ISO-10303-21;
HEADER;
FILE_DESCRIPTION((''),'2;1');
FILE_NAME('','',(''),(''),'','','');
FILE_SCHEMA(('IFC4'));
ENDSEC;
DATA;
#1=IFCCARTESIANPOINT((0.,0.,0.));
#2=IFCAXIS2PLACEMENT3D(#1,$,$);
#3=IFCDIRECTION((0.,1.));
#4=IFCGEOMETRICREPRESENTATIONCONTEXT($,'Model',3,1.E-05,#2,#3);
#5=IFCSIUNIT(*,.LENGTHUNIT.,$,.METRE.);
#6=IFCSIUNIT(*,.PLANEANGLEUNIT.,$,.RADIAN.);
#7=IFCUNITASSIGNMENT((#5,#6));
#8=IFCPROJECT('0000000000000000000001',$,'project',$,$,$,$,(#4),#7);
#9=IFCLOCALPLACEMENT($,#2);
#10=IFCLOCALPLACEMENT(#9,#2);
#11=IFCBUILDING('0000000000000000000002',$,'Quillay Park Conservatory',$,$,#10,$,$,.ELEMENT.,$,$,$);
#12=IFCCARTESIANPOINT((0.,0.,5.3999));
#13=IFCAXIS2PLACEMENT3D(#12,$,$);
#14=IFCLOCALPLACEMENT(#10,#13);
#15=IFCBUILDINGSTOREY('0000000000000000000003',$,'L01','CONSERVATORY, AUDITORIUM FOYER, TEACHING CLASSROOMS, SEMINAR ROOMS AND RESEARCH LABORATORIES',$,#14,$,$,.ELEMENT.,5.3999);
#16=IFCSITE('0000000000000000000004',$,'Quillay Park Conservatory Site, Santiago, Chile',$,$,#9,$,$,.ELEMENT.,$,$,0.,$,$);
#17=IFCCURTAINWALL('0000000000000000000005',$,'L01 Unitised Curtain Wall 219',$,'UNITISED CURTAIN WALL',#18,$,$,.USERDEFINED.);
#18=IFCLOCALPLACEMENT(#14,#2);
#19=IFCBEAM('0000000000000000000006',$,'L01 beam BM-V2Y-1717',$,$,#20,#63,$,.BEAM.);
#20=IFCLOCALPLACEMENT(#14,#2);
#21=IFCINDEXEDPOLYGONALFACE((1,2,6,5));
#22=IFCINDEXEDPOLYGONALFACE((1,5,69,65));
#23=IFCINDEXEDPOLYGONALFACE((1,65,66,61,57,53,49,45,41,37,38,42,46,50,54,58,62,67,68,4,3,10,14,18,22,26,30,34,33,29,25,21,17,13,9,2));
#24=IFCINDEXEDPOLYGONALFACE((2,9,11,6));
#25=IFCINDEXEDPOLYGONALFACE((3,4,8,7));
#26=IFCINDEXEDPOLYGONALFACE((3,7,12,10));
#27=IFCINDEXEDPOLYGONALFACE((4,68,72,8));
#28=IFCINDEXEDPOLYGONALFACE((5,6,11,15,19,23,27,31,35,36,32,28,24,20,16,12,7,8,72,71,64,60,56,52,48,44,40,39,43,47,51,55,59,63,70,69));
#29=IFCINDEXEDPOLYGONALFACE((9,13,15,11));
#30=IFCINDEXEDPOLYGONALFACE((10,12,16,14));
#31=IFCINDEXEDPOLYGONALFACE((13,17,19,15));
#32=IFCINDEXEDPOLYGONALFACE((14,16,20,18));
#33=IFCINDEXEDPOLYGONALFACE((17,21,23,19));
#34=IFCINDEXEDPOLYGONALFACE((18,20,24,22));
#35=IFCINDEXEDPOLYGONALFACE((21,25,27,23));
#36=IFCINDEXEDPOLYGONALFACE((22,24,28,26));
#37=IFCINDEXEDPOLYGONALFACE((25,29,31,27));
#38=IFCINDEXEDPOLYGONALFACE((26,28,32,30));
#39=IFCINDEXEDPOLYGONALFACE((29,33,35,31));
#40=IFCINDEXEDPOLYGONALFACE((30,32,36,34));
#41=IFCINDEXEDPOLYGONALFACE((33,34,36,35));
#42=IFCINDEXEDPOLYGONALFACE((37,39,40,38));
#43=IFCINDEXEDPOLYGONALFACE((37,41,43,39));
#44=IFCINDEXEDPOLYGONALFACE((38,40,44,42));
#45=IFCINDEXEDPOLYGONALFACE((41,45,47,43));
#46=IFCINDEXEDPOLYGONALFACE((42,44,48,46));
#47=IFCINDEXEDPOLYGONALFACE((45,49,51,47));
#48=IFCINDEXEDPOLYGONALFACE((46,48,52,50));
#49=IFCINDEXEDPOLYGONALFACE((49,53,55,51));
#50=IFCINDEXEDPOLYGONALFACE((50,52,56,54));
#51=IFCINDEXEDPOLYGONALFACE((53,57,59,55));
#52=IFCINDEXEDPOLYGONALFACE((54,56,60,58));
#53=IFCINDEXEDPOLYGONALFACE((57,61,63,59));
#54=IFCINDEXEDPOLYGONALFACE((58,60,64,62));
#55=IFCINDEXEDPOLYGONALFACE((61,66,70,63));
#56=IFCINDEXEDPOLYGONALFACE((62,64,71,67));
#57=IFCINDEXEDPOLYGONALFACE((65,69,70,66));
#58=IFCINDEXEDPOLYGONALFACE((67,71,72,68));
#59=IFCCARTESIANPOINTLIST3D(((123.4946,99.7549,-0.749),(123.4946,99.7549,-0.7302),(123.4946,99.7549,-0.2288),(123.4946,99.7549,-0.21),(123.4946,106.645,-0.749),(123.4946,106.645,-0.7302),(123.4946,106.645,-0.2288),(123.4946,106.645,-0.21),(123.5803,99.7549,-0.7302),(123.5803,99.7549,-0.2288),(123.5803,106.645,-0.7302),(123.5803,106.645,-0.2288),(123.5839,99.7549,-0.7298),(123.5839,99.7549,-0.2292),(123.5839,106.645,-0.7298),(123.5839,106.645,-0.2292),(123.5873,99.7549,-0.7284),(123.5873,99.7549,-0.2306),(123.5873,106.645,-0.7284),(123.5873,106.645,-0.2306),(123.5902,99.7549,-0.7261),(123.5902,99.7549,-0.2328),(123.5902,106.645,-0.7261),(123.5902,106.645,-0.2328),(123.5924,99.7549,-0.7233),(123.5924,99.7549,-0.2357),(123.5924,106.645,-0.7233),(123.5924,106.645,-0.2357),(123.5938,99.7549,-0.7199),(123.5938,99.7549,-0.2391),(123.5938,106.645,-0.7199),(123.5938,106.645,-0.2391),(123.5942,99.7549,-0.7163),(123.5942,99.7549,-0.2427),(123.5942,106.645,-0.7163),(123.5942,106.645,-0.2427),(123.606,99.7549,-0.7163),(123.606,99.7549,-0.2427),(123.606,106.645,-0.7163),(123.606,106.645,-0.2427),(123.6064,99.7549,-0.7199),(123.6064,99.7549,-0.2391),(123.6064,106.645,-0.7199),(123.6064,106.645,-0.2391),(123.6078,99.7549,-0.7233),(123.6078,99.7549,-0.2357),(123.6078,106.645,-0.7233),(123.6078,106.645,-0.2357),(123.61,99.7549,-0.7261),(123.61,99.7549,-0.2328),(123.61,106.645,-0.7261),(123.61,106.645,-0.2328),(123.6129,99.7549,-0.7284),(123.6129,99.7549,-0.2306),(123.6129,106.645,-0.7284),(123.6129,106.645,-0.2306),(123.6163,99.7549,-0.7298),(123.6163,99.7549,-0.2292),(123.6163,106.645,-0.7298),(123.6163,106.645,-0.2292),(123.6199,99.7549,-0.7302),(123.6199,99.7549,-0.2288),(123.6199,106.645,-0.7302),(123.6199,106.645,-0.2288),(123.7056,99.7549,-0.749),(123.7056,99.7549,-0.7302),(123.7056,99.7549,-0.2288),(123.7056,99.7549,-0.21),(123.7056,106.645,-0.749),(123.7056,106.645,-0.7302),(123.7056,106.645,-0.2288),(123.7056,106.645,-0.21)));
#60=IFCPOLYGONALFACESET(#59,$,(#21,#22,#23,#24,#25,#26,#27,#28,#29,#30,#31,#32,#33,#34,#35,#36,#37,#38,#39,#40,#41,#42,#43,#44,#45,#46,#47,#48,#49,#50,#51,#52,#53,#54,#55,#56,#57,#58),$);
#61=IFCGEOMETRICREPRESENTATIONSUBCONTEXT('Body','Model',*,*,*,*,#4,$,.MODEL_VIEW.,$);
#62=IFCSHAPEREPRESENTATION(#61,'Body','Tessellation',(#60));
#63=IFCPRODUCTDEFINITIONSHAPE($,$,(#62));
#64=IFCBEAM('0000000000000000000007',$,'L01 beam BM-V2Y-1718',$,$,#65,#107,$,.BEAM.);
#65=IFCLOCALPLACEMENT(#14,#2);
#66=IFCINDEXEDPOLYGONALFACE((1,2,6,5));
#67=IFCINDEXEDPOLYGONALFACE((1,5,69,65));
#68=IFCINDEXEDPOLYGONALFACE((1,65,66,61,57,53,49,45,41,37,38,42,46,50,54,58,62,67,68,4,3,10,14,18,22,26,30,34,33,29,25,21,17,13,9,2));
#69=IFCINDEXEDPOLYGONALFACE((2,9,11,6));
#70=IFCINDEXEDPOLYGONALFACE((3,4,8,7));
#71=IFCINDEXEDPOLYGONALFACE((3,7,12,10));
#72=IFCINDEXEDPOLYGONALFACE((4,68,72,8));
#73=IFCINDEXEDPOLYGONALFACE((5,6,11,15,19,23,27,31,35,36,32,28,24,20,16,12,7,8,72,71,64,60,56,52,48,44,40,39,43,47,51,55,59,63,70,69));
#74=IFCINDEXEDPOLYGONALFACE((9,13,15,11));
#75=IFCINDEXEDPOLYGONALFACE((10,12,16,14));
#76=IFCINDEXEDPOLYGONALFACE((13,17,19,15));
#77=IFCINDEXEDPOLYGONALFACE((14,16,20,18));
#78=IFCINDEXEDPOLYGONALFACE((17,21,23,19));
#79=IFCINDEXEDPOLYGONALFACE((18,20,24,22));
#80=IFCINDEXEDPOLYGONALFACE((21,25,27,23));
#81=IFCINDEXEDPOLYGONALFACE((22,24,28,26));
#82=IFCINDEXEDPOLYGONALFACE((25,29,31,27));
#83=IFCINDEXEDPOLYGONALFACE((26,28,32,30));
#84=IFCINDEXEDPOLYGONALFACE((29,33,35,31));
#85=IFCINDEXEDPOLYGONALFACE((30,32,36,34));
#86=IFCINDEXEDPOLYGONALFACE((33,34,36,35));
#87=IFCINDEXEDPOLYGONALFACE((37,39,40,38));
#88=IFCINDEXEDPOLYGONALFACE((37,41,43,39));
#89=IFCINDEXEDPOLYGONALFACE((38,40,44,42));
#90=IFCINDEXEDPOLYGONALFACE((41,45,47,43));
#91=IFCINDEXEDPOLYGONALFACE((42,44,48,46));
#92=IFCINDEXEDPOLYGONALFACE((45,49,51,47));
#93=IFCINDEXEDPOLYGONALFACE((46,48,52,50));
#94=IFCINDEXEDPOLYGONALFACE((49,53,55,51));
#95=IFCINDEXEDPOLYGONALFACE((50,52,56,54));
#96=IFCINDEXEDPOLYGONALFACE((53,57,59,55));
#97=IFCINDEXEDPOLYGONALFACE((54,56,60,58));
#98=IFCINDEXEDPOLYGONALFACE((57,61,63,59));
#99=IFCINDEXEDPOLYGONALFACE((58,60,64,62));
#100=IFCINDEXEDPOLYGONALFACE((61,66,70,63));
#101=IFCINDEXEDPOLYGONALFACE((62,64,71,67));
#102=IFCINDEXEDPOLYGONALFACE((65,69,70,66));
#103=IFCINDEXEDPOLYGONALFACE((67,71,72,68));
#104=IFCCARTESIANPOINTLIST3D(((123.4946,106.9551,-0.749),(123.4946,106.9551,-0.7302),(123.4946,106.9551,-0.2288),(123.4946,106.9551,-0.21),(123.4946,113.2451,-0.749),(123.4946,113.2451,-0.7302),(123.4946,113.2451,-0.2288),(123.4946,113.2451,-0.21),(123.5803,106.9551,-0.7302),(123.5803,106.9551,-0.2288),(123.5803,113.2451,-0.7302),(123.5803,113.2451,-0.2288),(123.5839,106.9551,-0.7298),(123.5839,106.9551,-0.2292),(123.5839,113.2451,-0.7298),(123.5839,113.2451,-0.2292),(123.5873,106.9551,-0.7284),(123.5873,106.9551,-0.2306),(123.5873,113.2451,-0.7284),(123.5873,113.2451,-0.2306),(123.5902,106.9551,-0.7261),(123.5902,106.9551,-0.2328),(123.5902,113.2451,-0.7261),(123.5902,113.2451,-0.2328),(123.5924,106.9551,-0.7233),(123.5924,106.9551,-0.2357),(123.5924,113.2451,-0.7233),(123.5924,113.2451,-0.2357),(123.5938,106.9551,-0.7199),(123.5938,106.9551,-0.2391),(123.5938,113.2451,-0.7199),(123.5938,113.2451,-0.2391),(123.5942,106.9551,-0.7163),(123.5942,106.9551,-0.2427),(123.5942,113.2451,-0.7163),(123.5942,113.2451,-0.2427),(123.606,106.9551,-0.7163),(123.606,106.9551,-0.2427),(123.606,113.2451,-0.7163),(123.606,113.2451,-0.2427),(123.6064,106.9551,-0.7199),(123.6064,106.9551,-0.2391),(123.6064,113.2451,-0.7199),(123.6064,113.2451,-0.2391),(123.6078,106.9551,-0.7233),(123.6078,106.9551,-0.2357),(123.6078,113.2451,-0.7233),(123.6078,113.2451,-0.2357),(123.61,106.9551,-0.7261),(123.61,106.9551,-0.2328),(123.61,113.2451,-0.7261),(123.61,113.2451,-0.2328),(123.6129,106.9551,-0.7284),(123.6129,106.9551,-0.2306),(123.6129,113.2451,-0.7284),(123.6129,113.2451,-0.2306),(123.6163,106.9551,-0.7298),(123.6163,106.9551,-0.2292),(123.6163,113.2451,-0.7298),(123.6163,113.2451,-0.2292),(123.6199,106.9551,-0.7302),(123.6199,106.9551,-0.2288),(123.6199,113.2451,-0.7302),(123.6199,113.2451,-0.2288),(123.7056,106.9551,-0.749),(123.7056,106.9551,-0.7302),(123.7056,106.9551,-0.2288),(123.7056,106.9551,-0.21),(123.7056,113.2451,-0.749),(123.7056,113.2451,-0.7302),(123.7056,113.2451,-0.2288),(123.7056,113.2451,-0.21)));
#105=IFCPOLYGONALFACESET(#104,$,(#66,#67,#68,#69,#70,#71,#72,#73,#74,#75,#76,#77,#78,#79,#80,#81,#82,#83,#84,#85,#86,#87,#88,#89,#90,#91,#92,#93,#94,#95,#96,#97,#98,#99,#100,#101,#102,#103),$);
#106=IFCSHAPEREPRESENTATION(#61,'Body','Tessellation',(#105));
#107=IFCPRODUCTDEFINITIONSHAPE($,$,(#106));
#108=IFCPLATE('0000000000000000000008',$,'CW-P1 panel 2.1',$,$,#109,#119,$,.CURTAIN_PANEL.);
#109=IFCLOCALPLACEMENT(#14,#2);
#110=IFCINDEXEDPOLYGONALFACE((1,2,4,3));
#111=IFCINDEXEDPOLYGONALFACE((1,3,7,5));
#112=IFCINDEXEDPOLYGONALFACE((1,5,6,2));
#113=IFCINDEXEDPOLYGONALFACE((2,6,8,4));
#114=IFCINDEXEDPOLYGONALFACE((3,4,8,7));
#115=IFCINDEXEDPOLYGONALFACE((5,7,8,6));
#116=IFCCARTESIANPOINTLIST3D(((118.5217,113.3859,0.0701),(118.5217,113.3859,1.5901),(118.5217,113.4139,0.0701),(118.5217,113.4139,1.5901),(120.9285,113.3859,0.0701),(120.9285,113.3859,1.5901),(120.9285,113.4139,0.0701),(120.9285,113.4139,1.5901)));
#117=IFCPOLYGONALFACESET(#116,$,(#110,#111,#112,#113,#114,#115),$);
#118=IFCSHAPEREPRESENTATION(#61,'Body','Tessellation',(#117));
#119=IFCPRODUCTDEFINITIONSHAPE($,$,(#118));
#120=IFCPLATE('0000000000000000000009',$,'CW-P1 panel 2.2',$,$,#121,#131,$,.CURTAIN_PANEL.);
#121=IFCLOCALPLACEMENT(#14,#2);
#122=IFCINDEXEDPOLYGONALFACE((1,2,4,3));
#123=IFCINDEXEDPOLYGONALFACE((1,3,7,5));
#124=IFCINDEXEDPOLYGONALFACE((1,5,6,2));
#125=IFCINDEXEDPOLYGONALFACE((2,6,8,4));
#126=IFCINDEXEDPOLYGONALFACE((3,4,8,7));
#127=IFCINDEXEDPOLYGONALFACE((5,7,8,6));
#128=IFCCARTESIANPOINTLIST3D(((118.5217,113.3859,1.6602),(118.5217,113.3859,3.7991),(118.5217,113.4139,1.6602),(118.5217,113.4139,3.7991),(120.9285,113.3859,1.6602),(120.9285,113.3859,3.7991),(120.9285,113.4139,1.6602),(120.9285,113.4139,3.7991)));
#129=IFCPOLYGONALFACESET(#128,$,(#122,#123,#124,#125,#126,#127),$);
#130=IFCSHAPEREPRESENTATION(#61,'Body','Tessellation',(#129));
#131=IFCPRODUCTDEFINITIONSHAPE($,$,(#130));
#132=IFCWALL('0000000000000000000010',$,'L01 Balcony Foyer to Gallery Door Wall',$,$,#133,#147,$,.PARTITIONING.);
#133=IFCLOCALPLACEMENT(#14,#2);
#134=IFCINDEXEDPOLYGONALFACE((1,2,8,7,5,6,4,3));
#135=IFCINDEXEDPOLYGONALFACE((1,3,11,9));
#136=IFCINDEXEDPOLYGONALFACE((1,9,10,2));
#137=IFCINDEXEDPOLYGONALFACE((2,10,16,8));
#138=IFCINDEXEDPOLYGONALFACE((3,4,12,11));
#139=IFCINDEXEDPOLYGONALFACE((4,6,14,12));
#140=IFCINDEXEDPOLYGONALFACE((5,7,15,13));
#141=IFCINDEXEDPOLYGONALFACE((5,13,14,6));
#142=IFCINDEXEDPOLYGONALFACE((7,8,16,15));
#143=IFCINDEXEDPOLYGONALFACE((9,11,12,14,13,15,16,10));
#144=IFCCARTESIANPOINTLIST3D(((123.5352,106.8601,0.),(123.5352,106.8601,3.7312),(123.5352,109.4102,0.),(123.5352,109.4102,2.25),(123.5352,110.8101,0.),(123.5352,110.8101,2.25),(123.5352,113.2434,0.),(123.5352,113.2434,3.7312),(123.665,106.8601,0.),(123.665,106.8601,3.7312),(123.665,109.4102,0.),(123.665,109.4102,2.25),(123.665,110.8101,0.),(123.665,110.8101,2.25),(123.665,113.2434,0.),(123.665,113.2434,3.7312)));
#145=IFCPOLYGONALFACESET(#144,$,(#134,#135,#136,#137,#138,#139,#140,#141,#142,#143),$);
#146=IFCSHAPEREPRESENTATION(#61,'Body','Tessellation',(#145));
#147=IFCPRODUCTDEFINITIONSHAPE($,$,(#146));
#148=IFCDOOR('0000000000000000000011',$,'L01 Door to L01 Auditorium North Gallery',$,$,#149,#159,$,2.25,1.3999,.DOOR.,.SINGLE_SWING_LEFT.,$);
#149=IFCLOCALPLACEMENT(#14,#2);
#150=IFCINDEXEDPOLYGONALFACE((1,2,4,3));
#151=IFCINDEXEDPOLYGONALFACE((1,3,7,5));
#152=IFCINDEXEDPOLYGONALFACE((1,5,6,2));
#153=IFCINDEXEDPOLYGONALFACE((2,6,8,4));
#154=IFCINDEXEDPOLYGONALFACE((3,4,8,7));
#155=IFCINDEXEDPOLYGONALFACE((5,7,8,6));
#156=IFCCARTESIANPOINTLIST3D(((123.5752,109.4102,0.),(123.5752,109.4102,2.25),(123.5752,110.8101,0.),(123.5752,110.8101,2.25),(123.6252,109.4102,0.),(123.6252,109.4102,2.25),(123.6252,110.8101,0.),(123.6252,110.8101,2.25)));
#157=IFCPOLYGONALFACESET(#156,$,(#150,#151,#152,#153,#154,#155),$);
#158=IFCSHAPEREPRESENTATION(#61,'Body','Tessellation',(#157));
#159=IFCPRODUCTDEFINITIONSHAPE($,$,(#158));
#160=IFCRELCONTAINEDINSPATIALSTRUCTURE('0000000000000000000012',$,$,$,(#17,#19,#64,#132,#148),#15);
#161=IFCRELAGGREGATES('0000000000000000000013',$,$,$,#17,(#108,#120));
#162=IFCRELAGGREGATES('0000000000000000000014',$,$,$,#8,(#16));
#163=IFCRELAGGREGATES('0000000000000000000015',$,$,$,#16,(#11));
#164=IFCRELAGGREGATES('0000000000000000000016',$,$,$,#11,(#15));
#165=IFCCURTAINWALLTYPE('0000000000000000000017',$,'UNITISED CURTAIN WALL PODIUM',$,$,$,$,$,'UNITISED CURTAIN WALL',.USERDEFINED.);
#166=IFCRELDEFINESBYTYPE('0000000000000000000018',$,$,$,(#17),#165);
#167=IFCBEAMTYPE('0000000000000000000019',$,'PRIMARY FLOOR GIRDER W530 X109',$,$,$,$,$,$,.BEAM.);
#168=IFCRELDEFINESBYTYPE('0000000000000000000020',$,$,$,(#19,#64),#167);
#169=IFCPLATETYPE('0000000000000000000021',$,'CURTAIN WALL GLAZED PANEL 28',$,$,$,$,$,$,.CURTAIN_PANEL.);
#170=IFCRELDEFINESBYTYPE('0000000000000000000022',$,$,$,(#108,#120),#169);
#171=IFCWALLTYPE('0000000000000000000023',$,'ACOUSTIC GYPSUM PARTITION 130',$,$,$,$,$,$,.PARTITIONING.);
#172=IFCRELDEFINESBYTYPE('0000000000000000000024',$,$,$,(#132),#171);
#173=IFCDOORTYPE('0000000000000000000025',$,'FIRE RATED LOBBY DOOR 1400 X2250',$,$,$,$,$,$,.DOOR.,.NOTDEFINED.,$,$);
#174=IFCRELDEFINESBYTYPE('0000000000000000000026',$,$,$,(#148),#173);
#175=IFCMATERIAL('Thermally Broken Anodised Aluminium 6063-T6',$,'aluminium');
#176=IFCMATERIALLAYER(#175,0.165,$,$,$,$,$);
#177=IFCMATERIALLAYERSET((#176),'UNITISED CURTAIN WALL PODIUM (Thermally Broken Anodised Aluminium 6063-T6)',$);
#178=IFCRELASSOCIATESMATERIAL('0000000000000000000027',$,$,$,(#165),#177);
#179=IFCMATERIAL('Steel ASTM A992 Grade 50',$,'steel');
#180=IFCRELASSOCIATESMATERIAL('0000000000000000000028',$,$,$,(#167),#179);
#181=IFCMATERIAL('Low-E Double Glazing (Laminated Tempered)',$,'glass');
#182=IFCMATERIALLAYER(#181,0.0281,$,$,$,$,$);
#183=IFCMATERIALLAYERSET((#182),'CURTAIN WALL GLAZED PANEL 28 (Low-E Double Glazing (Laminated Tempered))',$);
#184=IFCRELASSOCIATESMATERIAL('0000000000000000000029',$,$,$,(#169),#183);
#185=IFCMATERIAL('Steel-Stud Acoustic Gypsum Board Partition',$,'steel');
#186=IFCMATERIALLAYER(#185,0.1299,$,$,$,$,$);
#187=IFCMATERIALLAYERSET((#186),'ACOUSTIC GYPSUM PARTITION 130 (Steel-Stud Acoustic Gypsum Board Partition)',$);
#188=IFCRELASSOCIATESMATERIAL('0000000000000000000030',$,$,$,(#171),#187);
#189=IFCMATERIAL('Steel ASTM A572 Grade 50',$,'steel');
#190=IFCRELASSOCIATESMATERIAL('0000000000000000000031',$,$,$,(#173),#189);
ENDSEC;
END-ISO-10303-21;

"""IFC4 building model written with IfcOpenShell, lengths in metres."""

from ifc_helpers import new_model, si_unit, direction, frame, frame_2d, origin, origin_2d, place, context, subcontext, project, spatial, rectangle, i_section, extrude, material, layer, layer_set, material_profile, profile_set, type_object, element, fill, aggregate, save


model = new_model("IFC4")

# Units and contexts
model_context = context("Model", 3, precision=1e-05, world=origin(), true_north=direction((0.0, 1.0)))
body_context = subcontext(model_context, "Body", "Model", "MODEL_VIEW")
ifc_project = project(units=[si_unit("LENGTHUNIT", "METRE"), si_unit("PLANEANGLEUNIT", "RADIAN")], contexts=[model_context])

# Site, building, storey
site_placement = place(None, origin())
site = spatial("IfcSite", under=ifc_project, at=site_placement, Name="Quillay Park Conservatory Site, Santiago, Chile", CompositionType="ELEMENT", RefElevation=0.0)
building_placement = place(site_placement, origin())
building = spatial("IfcBuilding", under=site, at=building_placement, Name="Quillay Park Conservatory", CompositionType="ELEMENT")
storey_placement = place(building_placement, frame((0.0, 0.0, 5.3999)))
storey = spatial("IfcBuildingStorey", under=building, at=storey_placement, Name="L01", Description="CONSERVATORY, AUDITORIUM FOYER, TEACHING CLASSROOMS, SEMINAR ROOMS AND RESEARCH LABORATORIES", CompositionType="ELEMENT", Elevation=5.3999)

# Curtain wall
ifc_material_1 = material(Name="Thermally Broken Anodised Aluminium 6063-T6", Category="aluminium")
ifc_layer_1 = layer(ifc_material_1, 0.165)
ifc_layer_set_1 = layer_set([ifc_layer_1], Name="UNITISED CURTAIN WALL PODIUM (Thermally Broken Anodised Aluminium 6063-T6)")
curtain_wall_type = type_object("IfcCurtainWallType", Name="UNITISED CURTAIN WALL PODIUM", ElementType="UNITISED CURTAIN WALL", PredefinedType="USERDEFINED", material=ifc_layer_set_1)
curtain_wall_placement = place(storey_placement, origin())
curtain_wall = element("IfcCurtainWall", 1, at=curtain_wall_placement, inside=storey, type_object=curtain_wall_type, Name="L01 Unitised Curtain Wall 219", ObjectType="UNITISED CURTAIN WALL", PredefinedType="USERDEFINED")

# Beams
ifc_material_2 = material(Name="Steel ASTM A992 Grade 50", Category="steel")
ifc_material_profile_1 = material_profile(ifc_material_2, i_section(OverallWidth=0.2109, OverallDepth=0.5391, WebThickness=0.0117, FlangeThickness=0.0188, FilletRadius=0.0139, at=origin_2d()), Name="W530x109")
ifc_profile_set_1 = profile_set([ifc_material_profile_1], Name="Steel ASTM A992 Grade 50")
beam_type_1 = type_object("IfcBeamType", Name="PRIMARY FLOOR GIRDER W530 X109", PredefinedType="BEAM", material=ifc_profile_set_1)
for number, where, z_axis, x_axis, name in (
    (2, (123.6001, 99.7549, -0.4795), (0.0, 1.0, 0.0), (-1.0, 0.0, 0.0), "L01 beam BM-V2Y-1717"),
):
    element("IfcBeam", number, at=place(storey_placement, frame(where, z_axis=z_axis, x_axis=x_axis)), inside=storey, type_object=beam_type_1, Name=name, PredefinedType="BEAM", context=body_context, shape_type="SweptSolid", body=[
        extrude(i_section(OverallWidth=0.2109, OverallDepth=0.5391, WebThickness=0.0117, FlangeThickness=0.0188, FilletRadius=0.0139, at=origin_2d()), origin(), (0.0, 0.0, 1.0), 6.8901),
    ])
beam_1_placement = place(storey_placement, frame((123.6001, 106.9551, -0.4795), z_axis=(0.0, 1.0, 0.0), x_axis=(-1.0, 0.0, 0.0)))
element("IfcBeam", 3, at=beam_1_placement, inside=storey, type_object=beam_type_1, Name="L01 beam BM-V2Y-1718", PredefinedType="BEAM", context=body_context, shape_type="SweptSolid", body=[
    extrude(i_section(OverallWidth=0.2109, OverallDepth=0.5391, WebThickness=0.0117, FlangeThickness=0.0188, FilletRadius=0.0139, at=origin_2d()), origin(), (0.0, 0.0, 1.0), 6.29),
])

# Plates
ifc_material_3 = material(Name="Low-E Double Glazing (Laminated Tempered)", Category="glass")
ifc_layer_2 = layer(ifc_material_3, 0.0281)
ifc_layer_set_2 = layer_set([ifc_layer_2], Name="CURTAIN WALL GLAZED PANEL 28 (Low-E Double Glazing (Laminated Tempered))")
plate_type = type_object("IfcPlateType", Name="CURTAIN WALL GLAZED PANEL 28", PredefinedType="CURTAIN_PANEL", material=ifc_layer_set_2)
plate_1_placement = place(storey_placement, frame((119.7251, 113.3999, 0.0701), z_axis=(0.0, 0.0, 1.0), x_axis=(1.0, 0.0, 0.0)))
plate_1 = element("IfcPlate", 4, at=plate_1_placement, type_object=plate_type, Name="CW-P1 panel 2.1", PredefinedType="CURTAIN_PANEL", context=body_context, shape_type="SweptSolid", body=[
    extrude(rectangle(XDim=2.4067, YDim=0.0281, at=origin_2d()), origin(), (0.0, 0.0, 1.0), 1.52),
])
plate_2_placement = place(storey_placement, frame((119.7251, 113.3999, 1.6602), z_axis=(0.0, 0.0, 1.0), x_axis=(1.0, 0.0, 0.0)))
plate_2 = element("IfcPlate", 5, at=plate_2_placement, type_object=plate_type, Name="CW-P1 panel 2.2", PredefinedType="CURTAIN_PANEL", context=body_context, shape_type="SweptSolid", body=[
    extrude(rectangle(XDim=2.4067, YDim=0.0281, at=origin_2d()), origin(), (0.0, 0.0, 1.0), 2.1389),
])
aggregate(curtain_wall, [plate_1, plate_2])

# Wall, opening, door
ifc_material_4 = material(Name="Steel-Stud Acoustic Gypsum Board Partition", Category="steel")
ifc_layer_3 = layer(ifc_material_4, 0.1299)
ifc_layer_set_3 = layer_set([ifc_layer_3], Name="ACOUSTIC GYPSUM PARTITION 130 (Steel-Stud Acoustic Gypsum Board Partition)")
wall_type_1 = type_object("IfcWallType", Name="ACOUSTIC GYPSUM PARTITION 130", PredefinedType="PARTITIONING", material=ifc_layer_set_3)
wall_1_placement = place(storey_placement, frame((123.6001, 106.8601, 0.0), z_axis=(0.0, 0.0, 1.0), x_axis=(0.0, 1.0, 0.0)))
wall_1 = element("IfcWall", 6, at=wall_1_placement, inside=storey, type_object=wall_type_1, Name="L01 Balcony Foyer to Gallery Door Wall", PredefinedType="PARTITIONING", context=body_context, shape_type="SweptSolid", body=[
    extrude(rectangle(XDim=6.3833, YDim=0.1299, at=frame_2d((3.1917, 0.0))), origin(), (0.0, 0.0, 1.0), 3.7312),
])
opening_1_placement = place(wall_1_placement, frame((2.55, 0.0, 0.0)))
opening_1 = element("IfcOpeningElement", 7, at=opening_1_placement, cuts=wall_1, PredefinedType="OPENING", context=body_context, shape_type="SweptSolid", body=[
    extrude(rectangle(XDim=1.3999, YDim=2.25, at=frame_2d((0.7, 1.125))), frame((0.0, 0.0649, 0.0), z_axis=(0.0, -1.0, 0.0), x_axis=(1.0, 0.0, 0.0)), (0.0, 0.0, 1.0), 0.1299),
])
ifc_material_5 = material(Name="Steel ASTM A572 Grade 50", Category="steel")
door_type = type_object("IfcDoorType", Name="FIRE RATED LOBBY DOOR 1400 X2250", OperationType="NOTDEFINED", PredefinedType="DOOR", material=ifc_material_5)
door_placement = place(opening_1_placement, origin())
door = element("IfcDoor", 8, at=door_placement, inside=storey, type_object=door_type, Name="L01 Door to L01 Auditorium North Gallery", OperationType="SINGLE_SWING_LEFT", OverallHeight=2.25, OverallWidth=1.3999, PredefinedType="DOOR", context=body_context, shape_type="SweptSolid", body=[
    extrude(rectangle(XDim=1.3999, YDim=2.25, at=frame_2d((0.7, 1.125))), frame((0.0, 0.0249, 0.0), z_axis=(0.0, -1.0, 0.0), x_axis=(1.0, 0.0, 0.0)), (0.0, 0.0, 1.0), 0.05),
])
fill(opening_1, door)

save(model, "model.ifc")
